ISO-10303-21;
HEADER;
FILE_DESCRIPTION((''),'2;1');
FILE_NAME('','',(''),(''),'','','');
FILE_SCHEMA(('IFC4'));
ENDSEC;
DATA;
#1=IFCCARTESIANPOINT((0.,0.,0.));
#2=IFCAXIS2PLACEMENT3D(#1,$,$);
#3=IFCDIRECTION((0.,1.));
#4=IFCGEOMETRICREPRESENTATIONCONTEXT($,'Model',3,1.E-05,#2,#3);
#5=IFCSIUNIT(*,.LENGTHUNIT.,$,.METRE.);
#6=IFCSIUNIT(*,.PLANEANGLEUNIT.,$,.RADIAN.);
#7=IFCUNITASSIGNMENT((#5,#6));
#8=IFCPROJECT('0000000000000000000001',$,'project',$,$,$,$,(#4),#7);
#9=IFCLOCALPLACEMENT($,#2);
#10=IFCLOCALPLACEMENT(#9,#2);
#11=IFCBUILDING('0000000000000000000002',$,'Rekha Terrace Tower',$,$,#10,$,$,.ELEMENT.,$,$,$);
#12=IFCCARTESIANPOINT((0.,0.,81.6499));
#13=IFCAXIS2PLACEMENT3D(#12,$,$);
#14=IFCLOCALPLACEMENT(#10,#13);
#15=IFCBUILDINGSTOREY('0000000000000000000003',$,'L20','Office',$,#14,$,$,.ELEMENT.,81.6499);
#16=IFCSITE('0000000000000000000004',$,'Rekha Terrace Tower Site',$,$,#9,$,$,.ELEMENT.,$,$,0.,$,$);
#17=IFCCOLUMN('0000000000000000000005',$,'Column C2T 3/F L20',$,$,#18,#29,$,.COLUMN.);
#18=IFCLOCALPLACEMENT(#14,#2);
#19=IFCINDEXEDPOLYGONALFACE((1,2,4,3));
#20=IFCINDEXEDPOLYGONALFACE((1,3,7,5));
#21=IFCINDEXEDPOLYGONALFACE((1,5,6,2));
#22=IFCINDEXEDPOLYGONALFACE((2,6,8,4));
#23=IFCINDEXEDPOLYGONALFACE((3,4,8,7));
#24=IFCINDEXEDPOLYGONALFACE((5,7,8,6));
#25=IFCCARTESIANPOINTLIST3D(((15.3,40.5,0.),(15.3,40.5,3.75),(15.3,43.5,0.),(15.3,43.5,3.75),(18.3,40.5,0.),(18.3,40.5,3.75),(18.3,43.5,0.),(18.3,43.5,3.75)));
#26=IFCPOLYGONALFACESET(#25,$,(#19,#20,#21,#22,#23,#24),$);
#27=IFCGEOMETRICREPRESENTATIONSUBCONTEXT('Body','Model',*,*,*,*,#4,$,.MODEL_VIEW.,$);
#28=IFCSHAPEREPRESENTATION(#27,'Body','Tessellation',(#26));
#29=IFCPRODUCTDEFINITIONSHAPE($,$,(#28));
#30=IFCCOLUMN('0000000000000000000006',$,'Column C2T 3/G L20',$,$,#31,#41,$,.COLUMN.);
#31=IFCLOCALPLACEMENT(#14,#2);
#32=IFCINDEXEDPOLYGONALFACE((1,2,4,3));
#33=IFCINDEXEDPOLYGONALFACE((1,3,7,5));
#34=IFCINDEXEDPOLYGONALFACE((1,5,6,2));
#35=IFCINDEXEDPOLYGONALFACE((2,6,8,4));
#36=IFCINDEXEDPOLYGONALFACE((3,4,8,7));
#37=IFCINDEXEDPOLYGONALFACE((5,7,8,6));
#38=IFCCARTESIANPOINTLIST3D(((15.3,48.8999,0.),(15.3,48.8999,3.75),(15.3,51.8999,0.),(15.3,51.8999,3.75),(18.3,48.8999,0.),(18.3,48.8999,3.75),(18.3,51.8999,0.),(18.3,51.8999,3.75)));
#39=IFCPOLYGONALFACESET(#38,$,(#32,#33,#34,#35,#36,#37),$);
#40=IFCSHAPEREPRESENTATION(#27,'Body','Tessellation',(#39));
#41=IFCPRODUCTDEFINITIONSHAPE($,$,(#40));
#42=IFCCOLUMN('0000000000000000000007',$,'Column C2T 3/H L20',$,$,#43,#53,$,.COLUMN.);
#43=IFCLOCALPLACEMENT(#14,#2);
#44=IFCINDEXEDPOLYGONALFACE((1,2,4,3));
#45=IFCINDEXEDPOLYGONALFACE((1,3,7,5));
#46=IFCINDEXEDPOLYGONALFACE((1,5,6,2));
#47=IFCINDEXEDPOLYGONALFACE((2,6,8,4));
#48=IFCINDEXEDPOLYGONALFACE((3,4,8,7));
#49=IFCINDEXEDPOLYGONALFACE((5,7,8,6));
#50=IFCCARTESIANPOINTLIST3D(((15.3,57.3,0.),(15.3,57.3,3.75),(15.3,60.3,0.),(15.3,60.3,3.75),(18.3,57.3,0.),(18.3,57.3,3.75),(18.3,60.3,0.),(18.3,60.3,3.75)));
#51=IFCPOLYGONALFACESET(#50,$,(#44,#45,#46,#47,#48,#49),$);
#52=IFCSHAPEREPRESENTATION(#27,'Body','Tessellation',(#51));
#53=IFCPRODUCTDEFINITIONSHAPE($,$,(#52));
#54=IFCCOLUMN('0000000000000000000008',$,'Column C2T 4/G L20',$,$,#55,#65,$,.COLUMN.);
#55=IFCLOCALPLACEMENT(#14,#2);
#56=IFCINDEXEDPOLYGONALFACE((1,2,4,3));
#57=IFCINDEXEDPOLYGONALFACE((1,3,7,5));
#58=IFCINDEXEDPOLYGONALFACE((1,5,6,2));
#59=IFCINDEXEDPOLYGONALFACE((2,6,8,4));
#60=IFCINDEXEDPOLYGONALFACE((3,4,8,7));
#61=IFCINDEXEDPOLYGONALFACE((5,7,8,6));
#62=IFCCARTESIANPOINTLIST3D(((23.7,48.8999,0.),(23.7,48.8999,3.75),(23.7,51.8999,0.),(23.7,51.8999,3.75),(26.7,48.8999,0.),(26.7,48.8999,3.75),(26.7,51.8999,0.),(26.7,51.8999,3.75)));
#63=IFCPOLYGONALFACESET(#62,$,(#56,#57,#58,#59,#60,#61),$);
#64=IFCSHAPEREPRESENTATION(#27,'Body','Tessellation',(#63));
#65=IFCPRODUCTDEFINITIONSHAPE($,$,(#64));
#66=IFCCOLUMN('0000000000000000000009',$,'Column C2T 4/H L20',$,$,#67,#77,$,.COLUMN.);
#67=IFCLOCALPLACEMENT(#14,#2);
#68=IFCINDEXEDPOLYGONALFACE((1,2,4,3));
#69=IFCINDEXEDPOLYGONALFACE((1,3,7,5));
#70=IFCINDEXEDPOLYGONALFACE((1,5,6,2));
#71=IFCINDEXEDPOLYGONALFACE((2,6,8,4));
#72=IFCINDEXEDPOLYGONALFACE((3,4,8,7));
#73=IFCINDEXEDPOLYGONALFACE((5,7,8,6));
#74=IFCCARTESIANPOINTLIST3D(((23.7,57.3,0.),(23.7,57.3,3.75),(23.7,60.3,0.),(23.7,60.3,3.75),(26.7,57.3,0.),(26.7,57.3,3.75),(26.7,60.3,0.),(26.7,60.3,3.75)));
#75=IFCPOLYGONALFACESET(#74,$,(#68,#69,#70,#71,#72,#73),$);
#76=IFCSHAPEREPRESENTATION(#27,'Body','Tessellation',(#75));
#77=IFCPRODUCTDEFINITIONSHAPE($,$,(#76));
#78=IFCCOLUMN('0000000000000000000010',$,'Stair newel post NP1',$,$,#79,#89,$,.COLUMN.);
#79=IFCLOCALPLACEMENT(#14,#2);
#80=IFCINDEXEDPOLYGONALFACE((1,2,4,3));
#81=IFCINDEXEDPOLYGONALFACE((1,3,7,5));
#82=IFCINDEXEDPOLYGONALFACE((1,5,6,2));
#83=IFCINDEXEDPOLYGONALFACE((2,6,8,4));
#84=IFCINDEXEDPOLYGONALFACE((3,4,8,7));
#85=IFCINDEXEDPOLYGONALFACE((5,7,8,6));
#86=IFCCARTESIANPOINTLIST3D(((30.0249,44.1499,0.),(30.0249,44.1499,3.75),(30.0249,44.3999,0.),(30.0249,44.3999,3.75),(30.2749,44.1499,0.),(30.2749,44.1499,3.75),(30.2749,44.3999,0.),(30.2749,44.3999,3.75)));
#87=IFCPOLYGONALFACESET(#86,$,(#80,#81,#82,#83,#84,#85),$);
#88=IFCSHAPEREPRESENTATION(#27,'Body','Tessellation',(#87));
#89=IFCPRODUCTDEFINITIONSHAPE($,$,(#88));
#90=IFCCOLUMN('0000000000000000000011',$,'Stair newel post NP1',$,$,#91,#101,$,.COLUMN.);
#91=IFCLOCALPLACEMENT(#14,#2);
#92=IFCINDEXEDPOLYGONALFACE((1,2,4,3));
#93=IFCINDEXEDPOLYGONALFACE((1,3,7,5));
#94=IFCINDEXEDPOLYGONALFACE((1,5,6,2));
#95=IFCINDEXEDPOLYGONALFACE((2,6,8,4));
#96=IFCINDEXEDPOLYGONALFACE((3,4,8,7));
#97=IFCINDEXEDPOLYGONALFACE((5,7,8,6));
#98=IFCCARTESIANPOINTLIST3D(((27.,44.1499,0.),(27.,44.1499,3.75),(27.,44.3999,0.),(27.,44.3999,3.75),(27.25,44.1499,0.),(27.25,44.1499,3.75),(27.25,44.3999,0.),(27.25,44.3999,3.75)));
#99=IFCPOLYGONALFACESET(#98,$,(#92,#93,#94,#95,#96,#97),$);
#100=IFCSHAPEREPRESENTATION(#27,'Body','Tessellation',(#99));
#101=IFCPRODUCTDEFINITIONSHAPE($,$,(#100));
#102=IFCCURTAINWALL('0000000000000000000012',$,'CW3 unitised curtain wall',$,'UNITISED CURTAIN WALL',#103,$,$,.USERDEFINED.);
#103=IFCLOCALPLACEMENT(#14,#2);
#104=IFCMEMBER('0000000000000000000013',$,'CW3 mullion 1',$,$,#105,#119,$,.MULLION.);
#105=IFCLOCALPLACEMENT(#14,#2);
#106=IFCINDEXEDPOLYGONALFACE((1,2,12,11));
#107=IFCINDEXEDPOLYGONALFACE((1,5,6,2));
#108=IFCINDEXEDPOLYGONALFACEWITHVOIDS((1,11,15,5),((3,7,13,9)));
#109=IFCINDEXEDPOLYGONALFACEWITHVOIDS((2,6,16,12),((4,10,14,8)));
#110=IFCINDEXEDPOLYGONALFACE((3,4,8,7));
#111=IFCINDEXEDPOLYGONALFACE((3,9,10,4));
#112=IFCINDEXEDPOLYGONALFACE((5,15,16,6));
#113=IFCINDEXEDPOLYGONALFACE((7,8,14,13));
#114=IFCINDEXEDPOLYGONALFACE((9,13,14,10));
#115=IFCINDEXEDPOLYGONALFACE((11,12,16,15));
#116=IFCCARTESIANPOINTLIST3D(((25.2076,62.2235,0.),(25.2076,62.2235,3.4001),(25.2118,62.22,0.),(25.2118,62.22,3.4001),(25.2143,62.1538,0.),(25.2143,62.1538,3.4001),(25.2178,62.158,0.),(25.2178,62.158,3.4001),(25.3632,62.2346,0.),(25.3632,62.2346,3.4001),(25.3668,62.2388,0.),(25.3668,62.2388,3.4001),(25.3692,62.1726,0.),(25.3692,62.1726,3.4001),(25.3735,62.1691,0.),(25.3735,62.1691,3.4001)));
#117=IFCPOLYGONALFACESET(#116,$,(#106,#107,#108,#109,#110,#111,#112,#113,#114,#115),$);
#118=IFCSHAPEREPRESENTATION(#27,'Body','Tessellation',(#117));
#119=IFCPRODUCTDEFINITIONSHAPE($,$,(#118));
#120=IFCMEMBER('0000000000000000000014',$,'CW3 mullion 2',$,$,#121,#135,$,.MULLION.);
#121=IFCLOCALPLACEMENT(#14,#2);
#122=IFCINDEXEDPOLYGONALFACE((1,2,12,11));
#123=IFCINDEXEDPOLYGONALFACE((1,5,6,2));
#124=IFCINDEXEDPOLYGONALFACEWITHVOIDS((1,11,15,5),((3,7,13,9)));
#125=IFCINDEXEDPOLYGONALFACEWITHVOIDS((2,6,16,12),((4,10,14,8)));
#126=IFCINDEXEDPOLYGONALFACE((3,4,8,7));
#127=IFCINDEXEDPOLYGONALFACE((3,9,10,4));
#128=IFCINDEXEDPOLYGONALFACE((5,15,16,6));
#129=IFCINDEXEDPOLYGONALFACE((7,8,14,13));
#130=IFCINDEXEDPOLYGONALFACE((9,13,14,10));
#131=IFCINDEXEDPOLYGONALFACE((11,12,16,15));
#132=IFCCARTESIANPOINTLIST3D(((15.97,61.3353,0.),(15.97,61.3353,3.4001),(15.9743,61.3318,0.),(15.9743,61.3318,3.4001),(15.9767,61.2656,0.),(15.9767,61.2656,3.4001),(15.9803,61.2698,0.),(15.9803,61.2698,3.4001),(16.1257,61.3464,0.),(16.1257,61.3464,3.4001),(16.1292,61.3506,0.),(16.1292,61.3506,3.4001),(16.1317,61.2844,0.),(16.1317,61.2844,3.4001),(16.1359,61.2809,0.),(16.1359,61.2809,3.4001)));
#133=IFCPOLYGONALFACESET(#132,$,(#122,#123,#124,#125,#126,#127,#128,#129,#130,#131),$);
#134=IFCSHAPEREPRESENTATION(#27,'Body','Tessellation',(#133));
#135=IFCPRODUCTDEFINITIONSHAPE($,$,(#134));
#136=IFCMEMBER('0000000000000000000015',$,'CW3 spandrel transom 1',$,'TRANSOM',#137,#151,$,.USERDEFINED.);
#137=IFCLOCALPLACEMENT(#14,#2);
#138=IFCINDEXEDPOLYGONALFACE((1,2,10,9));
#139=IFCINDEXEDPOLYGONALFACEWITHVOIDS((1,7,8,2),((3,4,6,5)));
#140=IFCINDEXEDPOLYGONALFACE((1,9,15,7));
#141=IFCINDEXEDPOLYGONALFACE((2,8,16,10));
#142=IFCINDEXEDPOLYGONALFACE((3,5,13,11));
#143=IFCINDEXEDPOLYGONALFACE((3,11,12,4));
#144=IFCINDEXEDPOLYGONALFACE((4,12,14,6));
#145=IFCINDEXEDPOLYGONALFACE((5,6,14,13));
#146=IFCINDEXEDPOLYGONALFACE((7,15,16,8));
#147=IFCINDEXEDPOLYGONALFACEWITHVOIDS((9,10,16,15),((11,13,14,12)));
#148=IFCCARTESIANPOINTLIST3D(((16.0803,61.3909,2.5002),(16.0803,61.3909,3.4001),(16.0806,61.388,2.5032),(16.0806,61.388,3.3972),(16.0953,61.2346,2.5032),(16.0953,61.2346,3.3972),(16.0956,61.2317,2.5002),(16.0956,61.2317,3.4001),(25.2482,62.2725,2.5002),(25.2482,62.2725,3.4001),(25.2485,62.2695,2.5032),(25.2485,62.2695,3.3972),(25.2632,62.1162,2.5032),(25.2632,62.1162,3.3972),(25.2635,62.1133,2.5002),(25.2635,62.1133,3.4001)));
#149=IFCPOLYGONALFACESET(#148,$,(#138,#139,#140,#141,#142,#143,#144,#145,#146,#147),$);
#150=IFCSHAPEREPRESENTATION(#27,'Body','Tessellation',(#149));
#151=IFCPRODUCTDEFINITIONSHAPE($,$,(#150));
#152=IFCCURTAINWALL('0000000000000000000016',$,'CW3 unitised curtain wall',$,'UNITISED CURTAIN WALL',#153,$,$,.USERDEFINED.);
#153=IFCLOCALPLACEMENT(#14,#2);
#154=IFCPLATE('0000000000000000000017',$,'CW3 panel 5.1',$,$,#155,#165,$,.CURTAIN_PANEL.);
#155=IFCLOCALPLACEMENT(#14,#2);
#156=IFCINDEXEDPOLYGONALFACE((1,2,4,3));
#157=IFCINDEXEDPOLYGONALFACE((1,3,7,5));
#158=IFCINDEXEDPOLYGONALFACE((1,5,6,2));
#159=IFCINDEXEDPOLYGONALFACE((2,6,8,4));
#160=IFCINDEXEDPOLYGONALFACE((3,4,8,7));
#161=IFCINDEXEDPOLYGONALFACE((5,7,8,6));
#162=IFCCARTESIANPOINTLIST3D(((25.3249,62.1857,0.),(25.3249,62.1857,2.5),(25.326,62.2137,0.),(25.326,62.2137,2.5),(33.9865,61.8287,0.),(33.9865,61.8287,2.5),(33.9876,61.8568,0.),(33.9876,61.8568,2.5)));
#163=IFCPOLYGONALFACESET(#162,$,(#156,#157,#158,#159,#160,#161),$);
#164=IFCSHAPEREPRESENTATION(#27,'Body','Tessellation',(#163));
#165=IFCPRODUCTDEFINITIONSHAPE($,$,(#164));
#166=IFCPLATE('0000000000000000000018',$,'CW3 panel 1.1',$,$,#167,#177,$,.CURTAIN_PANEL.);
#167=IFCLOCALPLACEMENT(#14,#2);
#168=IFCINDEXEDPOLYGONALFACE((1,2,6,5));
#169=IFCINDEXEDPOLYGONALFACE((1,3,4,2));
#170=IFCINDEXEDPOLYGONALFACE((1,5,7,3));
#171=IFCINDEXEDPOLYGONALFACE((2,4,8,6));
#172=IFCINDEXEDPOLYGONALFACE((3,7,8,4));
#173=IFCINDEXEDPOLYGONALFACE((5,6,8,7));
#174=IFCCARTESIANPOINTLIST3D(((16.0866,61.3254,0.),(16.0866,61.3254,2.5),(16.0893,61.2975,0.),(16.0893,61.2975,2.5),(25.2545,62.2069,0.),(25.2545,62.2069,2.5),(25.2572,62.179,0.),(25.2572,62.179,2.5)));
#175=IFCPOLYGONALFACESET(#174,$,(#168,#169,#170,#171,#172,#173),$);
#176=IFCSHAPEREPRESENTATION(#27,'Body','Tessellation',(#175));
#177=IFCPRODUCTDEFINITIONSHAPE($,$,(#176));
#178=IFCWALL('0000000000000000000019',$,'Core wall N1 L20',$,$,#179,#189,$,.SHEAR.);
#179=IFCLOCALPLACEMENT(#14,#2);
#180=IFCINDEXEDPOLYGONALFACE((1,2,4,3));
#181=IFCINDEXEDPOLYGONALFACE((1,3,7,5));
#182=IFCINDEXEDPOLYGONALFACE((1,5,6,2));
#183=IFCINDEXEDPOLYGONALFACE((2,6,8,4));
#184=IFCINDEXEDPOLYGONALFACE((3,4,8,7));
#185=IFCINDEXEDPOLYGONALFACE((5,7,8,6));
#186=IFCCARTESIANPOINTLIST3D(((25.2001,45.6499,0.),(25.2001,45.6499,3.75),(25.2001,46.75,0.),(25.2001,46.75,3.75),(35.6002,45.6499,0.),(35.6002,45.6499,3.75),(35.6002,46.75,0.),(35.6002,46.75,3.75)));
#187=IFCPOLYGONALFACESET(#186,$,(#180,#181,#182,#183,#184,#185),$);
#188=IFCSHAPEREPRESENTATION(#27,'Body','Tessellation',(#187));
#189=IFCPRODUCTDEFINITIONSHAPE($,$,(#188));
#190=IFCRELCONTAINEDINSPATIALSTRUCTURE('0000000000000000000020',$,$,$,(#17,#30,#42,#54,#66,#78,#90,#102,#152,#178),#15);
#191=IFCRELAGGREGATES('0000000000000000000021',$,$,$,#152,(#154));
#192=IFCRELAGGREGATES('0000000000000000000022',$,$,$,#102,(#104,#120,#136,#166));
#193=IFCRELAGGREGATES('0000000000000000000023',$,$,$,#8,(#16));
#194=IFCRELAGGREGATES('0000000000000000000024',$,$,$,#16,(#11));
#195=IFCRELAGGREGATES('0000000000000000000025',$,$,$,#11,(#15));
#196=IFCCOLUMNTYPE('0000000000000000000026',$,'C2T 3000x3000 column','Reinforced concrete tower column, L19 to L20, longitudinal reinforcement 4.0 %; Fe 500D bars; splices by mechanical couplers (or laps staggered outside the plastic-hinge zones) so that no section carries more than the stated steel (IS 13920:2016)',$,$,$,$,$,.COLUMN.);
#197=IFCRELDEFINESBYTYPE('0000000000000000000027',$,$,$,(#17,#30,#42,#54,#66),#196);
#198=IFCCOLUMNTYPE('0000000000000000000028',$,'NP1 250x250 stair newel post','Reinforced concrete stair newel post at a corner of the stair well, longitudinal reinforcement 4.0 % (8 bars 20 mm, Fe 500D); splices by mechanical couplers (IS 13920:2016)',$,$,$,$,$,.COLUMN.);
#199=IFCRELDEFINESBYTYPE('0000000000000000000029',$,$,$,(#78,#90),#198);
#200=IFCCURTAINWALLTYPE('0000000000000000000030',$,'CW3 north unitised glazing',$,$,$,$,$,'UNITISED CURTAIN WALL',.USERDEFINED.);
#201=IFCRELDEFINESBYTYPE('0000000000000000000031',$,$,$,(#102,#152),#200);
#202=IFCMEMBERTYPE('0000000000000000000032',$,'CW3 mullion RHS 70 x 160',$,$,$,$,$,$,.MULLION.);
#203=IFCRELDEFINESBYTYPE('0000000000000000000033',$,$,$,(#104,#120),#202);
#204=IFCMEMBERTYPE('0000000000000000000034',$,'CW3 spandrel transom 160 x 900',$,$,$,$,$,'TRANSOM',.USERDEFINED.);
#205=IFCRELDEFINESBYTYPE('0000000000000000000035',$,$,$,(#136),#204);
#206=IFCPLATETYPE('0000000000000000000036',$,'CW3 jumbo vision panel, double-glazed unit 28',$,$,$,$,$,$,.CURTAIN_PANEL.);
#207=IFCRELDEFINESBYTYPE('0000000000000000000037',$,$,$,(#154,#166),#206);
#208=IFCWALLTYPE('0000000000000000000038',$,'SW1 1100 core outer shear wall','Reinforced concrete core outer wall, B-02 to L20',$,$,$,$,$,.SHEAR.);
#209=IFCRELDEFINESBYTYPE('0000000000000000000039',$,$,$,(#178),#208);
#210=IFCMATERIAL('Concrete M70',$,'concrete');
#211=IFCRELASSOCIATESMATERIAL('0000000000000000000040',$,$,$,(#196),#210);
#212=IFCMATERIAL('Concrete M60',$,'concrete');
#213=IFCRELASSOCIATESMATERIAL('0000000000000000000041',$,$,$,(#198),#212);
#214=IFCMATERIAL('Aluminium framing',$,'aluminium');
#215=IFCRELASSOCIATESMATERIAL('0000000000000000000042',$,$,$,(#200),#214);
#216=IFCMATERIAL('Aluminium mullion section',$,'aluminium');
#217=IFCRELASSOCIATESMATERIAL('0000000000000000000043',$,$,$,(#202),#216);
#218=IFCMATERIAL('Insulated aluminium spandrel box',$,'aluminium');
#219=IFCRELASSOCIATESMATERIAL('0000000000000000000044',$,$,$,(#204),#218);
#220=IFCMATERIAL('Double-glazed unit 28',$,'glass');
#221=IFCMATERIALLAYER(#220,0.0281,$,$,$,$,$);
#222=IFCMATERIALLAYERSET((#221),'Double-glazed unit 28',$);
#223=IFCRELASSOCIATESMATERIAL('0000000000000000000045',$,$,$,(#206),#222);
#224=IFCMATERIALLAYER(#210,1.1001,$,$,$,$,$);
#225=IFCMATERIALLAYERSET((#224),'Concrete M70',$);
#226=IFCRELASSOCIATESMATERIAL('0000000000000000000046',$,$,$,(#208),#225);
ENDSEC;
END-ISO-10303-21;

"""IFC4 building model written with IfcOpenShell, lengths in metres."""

from ifc_helpers import new_model, si_unit, direction, frame, frame_2d, origin, origin_2d, place, context, subcontext, project, spatial, rectangle, hollow_rectangle, extrude, material, layer, layer_set, material_profile, profile_set, type_object, element, aggregate, save


model = new_model("IFC4")

# Units and contexts
model_context = context("Model", 3, precision=1e-05, world=origin(), true_north=direction((0.0, 1.0)))
body_context = subcontext(model_context, "Body", "Model", "MODEL_VIEW")
ifc_project = project(units=[si_unit("LENGTHUNIT", "METRE"), si_unit("PLANEANGLEUNIT", "RADIAN")], contexts=[model_context])

# Site, building, storey
site_placement = place(None, origin())
site = spatial("IfcSite", under=ifc_project, at=site_placement, Name="Rekha Terrace Tower Site", CompositionType="ELEMENT", RefElevation=0.0)
building_placement = place(site_placement, origin())
building = spatial("IfcBuilding", under=site, at=building_placement, Name="Rekha Terrace Tower", CompositionType="ELEMENT")
storey_placement = place(building_placement, frame((0.0, 0.0, 81.6499)))
storey = spatial("IfcBuildingStorey", under=building, at=storey_placement, Name="L20", Description="Office", CompositionType="ELEMENT", Elevation=81.6499)

# Columns
ifc_material_1 = material(Name="Concrete M70", Category="concrete")
ifc_material_profile_1 = material_profile(ifc_material_1, rectangle(XDim=3.0, YDim=3.0, at=origin_2d()), Name="RC 3000x3000")
ifc_profile_set_1 = profile_set([ifc_material_profile_1], Name="Concrete M70")
column_type_1 = type_object("IfcColumnType", Name="C2T 3000x3000 column", Description="Reinforced concrete tower column, L19 to L20, longitudinal reinforcement 4.0 %; Fe 500D bars; splices by mechanical couplers (or laps staggered outside the plastic-hinge zones) so that no section carries more than the stated steel (IS 13920:2016)", PredefinedType="COLUMN", material=ifc_profile_set_1)
for number, where, z_axis, x_axis, name in (
    (1, (16.8, 42.0, 0.0), (0.0, 0.0, 1.0), (1.0, 0.0, 0.0), "Column C2T 3/F L20"),
    (2, (16.8, 50.3999, 0.0), (0.0, 0.0, 1.0), (1.0, 0.0, 0.0), "Column C2T 3/G L20"),
    (3, (16.8, 58.8, 0.0), (0.0, 0.0, 1.0), (1.0, 0.0, 0.0), "Column C2T 3/H L20"),
    (4, (25.2, 50.3999, 0.0), (0.0, 0.0, 1.0), (1.0, 0.0, 0.0), "Column C2T 4/G L20"),
    (5, (25.2, 58.8, 0.0), (0.0, 0.0, 1.0), (1.0, 0.0, 0.0), "Column C2T 4/H L20"),
):
    element("IfcColumn", number, at=place(storey_placement, frame(where, z_axis=z_axis, x_axis=x_axis)), inside=storey, type_object=column_type_1, Name=name, PredefinedType="COLUMN", context=body_context, shape_type="SweptSolid", body=[
        extrude(rectangle(XDim=3.0, YDim=3.0, at=origin_2d()), origin(), (0.0, 0.0, 1.0), 3.75),
    ])
ifc_material_2 = material(Name="Concrete M60", Category="concrete")
ifc_material_profile_2 = material_profile(ifc_material_2, rectangle(XDim=0.25, YDim=0.25, at=origin_2d()), Name="RC 250x250")
ifc_profile_set_2 = profile_set([ifc_material_profile_2], Name="Concrete M60")
column_type_2 = type_object("IfcColumnType", Name="NP1 250x250 stair newel post", Description="Reinforced concrete stair newel post at a corner of the stair well, longitudinal reinforcement 4.0 % (8 bars 20 mm, Fe 500D); splices by mechanical couplers (IS 13920:2016)", PredefinedType="COLUMN", material=ifc_profile_set_2)
for number, where, z_axis, x_axis, name in (
    (6, (30.1499, 44.2749, 0.0), (0.0, 0.0, 1.0), (1.0, 0.0, 0.0), "Stair newel post NP1"),
    (7, (27.125, 44.2749, 0.0), (0.0, 0.0, 1.0), (1.0, 0.0, 0.0), "Stair newel post NP1"),
):
    element("IfcColumn", number, at=place(storey_placement, frame(where, z_axis=z_axis, x_axis=x_axis)), inside=storey, type_object=column_type_2, Name=name, PredefinedType="COLUMN", context=body_context, shape_type="SweptSolid", body=[
        extrude(rectangle(XDim=0.25, YDim=0.25, at=origin_2d()), origin(), (0.0, 0.0, 1.0), 3.75),
    ])

# Curtain wall, members
ifc_material_3 = material(Name="Aluminium framing", Category="aluminium")
curtain_wall_type = type_object("IfcCurtainWallType", Name="CW3 north unitised glazing", ElementType="UNITISED CURTAIN WALL", PredefinedType="USERDEFINED", material=ifc_material_3)
curtain_wall_1_placement = place(storey_placement, origin())
curtain_wall_1 = element("IfcCurtainWall", 8, at=curtain_wall_1_placement, inside=storey, type_object=curtain_wall_type, Name="CW3 unitised curtain wall", ObjectType="UNITISED CURTAIN WALL", PredefinedType="USERDEFINED")
ifc_material_4 = material(Name="Aluminium mullion section", Category="aluminium")
ifc_material_profile_3 = material_profile(ifc_material_4, hollow_rectangle(XDim=0.0701, YDim=0.1599, WallThickness=0.0039, at=origin_2d()), Name="AL RHS 70x160")
ifc_profile_set_3 = profile_set([ifc_material_profile_3], Name="Aluminium mullion section")
member_type_1 = type_object("IfcMemberType", Name="CW3 mullion RHS 70 x 160", PredefinedType="MULLION", material=ifc_profile_set_3)
member_1_placement = place(storey_placement, frame((25.2905, 62.1963, 0.0), z_axis=(0.0, 0.0, 1.0), x_axis=(0.095712, -0.995409, 0.0)))
member_1 = element("IfcMember", 9, at=member_1_placement, type_object=member_type_1, Name="CW3 mullion 1", PredefinedType="MULLION", context=body_context, shape_type="SweptSolid", body=[
    extrude(hollow_rectangle(XDim=0.0701, YDim=0.1599, WallThickness=0.0039, at=origin_2d()), origin(), (0.0, 0.0, 1.0), 3.4001),
])
member_2_placement = place(storey_placement, frame((16.053, 61.3081, 0.0), z_axis=(0.0, 0.0, 1.0), x_axis=(0.095712, -0.995409, 0.0)))
member_2 = element("IfcMember", 10, at=member_2_placement, type_object=member_type_1, Name="CW3 mullion 2", PredefinedType="MULLION", context=body_context, shape_type="SweptSolid", body=[
    extrude(hollow_rectangle(XDim=0.0701, YDim=0.1599, WallThickness=0.0039, at=origin_2d()), origin(), (0.0, 0.0, 1.0), 3.4001),
])
ifc_material_5 = material(Name="Insulated aluminium spandrel box", Category="aluminium")
ifc_material_profile_4 = material_profile(ifc_material_5, hollow_rectangle(XDim=0.1599, YDim=0.8999, WallThickness=0.0029, at=origin_2d()), Name="AL SPANDREL BOX 160x900")
ifc_profile_set_4 = profile_set([ifc_material_profile_4], Name="Insulated aluminium spandrel box")
member_type_2 = type_object("IfcMemberType", Name="CW3 spandrel transom 160 x 900", ElementType="TRANSOM", PredefinedType="USERDEFINED", material=ifc_profile_set_4)
member_3_placement = place(storey_placement, frame((25.2559, 62.1929, 2.9502), z_axis=(-0.995408, -0.095718, 0.0), x_axis=(0.095718, -0.995408, 0.0)))
member_3 = element("IfcMember", 11, at=member_3_placement, type_object=member_type_2, Name="CW3 spandrel transom 1", ObjectType="TRANSOM", PredefinedType="USERDEFINED", context=body_context, shape_type="SweptSolid", body=[
    extrude(hollow_rectangle(XDim=0.1599, YDim=0.8999, WallThickness=0.0029, at=origin_2d()), origin(), (0.0, 0.0, 1.0), 9.2102),
])

# Curtain wall, plate
curtain_wall_2_placement = place(storey_placement, origin())
curtain_wall_2 = element("IfcCurtainWall", 12, at=curtain_wall_2_placement, inside=storey, type_object=curtain_wall_type, Name="CW3 unitised curtain wall", ObjectType="UNITISED CURTAIN WALL", PredefinedType="USERDEFINED")
ifc_material_6 = material(Name="Double-glazed unit 28", Category="glass")
ifc_layer_1 = layer(ifc_material_6, 0.0281)
ifc_layer_set_1 = layer_set([ifc_layer_1], Name="Double-glazed unit 28")
plate_type = type_object("IfcPlateType", Name="CW3 jumbo vision panel, double-glazed unit 28", PredefinedType="CURTAIN_PANEL", material=ifc_layer_set_1)
plate_1_placement = place(storey_placement, frame((29.6562, 62.0212, 0.0), z_axis=(0.0, 0.0, 1.0), x_axis=(-0.999152, 0.041174, 0.0)))
plate_1 = element("IfcPlate", 13, at=plate_1_placement, type_object=plate_type, Name="CW3 panel 5.1", PredefinedType="CURTAIN_PANEL", context=body_context, shape_type="SweptSolid", body=[
    extrude(rectangle(XDim=8.6689, YDim=0.0281, at=origin_2d()), origin(), (0.0, 0.0, 1.0), 2.5),
])
aggregate(curtain_wall_2, [plate_1])

# Plate
plate_2_placement = place(storey_placement, frame((20.6719, 61.7522, 0.0), z_axis=(0.0, 0.0, 1.0), x_axis=(-0.995409, -0.095712, 0.0)))
plate_2 = element("IfcPlate", 14, at=plate_2_placement, type_object=plate_type, Name="CW3 panel 1.1", PredefinedType="CURTAIN_PANEL", context=body_context, shape_type="SweptSolid", body=[
    extrude(rectangle(XDim=9.2102, YDim=0.0281, at=origin_2d()), origin(), (0.0, 0.0, 1.0), 2.5),
])
aggregate(curtain_wall_1, [member_1, member_2, member_3, plate_2])

# Wall
ifc_layer_2 = layer(ifc_material_1, 1.1001)
ifc_layer_set_2 = layer_set([ifc_layer_2], Name="Concrete M70")
wall_type_1 = type_object("IfcWallType", Name="SW1 1100 core outer shear wall", Description="Reinforced concrete core outer wall, B-02 to L20", PredefinedType="SHEAR", material=ifc_layer_set_2)
wall_1_placement = place(storey_placement, frame((25.2, 46.2, 0.0), z_axis=(0.0, 0.0, 1.0), x_axis=(1.0, 0.0, 0.0)))
element("IfcWall", 15, at=wall_1_placement, inside=storey, type_object=wall_type_1, Name="Core wall N1 L20", PredefinedType="SHEAR", context=body_context, shape_type="SweptSolid", body=[
    extrude(rectangle(XDim=10.4001, YDim=1.1001, at=frame_2d((5.2002, 0.0))), origin(), (0.0, 0.0, 1.0), 3.75),
])

save(model, "model.ifc")
